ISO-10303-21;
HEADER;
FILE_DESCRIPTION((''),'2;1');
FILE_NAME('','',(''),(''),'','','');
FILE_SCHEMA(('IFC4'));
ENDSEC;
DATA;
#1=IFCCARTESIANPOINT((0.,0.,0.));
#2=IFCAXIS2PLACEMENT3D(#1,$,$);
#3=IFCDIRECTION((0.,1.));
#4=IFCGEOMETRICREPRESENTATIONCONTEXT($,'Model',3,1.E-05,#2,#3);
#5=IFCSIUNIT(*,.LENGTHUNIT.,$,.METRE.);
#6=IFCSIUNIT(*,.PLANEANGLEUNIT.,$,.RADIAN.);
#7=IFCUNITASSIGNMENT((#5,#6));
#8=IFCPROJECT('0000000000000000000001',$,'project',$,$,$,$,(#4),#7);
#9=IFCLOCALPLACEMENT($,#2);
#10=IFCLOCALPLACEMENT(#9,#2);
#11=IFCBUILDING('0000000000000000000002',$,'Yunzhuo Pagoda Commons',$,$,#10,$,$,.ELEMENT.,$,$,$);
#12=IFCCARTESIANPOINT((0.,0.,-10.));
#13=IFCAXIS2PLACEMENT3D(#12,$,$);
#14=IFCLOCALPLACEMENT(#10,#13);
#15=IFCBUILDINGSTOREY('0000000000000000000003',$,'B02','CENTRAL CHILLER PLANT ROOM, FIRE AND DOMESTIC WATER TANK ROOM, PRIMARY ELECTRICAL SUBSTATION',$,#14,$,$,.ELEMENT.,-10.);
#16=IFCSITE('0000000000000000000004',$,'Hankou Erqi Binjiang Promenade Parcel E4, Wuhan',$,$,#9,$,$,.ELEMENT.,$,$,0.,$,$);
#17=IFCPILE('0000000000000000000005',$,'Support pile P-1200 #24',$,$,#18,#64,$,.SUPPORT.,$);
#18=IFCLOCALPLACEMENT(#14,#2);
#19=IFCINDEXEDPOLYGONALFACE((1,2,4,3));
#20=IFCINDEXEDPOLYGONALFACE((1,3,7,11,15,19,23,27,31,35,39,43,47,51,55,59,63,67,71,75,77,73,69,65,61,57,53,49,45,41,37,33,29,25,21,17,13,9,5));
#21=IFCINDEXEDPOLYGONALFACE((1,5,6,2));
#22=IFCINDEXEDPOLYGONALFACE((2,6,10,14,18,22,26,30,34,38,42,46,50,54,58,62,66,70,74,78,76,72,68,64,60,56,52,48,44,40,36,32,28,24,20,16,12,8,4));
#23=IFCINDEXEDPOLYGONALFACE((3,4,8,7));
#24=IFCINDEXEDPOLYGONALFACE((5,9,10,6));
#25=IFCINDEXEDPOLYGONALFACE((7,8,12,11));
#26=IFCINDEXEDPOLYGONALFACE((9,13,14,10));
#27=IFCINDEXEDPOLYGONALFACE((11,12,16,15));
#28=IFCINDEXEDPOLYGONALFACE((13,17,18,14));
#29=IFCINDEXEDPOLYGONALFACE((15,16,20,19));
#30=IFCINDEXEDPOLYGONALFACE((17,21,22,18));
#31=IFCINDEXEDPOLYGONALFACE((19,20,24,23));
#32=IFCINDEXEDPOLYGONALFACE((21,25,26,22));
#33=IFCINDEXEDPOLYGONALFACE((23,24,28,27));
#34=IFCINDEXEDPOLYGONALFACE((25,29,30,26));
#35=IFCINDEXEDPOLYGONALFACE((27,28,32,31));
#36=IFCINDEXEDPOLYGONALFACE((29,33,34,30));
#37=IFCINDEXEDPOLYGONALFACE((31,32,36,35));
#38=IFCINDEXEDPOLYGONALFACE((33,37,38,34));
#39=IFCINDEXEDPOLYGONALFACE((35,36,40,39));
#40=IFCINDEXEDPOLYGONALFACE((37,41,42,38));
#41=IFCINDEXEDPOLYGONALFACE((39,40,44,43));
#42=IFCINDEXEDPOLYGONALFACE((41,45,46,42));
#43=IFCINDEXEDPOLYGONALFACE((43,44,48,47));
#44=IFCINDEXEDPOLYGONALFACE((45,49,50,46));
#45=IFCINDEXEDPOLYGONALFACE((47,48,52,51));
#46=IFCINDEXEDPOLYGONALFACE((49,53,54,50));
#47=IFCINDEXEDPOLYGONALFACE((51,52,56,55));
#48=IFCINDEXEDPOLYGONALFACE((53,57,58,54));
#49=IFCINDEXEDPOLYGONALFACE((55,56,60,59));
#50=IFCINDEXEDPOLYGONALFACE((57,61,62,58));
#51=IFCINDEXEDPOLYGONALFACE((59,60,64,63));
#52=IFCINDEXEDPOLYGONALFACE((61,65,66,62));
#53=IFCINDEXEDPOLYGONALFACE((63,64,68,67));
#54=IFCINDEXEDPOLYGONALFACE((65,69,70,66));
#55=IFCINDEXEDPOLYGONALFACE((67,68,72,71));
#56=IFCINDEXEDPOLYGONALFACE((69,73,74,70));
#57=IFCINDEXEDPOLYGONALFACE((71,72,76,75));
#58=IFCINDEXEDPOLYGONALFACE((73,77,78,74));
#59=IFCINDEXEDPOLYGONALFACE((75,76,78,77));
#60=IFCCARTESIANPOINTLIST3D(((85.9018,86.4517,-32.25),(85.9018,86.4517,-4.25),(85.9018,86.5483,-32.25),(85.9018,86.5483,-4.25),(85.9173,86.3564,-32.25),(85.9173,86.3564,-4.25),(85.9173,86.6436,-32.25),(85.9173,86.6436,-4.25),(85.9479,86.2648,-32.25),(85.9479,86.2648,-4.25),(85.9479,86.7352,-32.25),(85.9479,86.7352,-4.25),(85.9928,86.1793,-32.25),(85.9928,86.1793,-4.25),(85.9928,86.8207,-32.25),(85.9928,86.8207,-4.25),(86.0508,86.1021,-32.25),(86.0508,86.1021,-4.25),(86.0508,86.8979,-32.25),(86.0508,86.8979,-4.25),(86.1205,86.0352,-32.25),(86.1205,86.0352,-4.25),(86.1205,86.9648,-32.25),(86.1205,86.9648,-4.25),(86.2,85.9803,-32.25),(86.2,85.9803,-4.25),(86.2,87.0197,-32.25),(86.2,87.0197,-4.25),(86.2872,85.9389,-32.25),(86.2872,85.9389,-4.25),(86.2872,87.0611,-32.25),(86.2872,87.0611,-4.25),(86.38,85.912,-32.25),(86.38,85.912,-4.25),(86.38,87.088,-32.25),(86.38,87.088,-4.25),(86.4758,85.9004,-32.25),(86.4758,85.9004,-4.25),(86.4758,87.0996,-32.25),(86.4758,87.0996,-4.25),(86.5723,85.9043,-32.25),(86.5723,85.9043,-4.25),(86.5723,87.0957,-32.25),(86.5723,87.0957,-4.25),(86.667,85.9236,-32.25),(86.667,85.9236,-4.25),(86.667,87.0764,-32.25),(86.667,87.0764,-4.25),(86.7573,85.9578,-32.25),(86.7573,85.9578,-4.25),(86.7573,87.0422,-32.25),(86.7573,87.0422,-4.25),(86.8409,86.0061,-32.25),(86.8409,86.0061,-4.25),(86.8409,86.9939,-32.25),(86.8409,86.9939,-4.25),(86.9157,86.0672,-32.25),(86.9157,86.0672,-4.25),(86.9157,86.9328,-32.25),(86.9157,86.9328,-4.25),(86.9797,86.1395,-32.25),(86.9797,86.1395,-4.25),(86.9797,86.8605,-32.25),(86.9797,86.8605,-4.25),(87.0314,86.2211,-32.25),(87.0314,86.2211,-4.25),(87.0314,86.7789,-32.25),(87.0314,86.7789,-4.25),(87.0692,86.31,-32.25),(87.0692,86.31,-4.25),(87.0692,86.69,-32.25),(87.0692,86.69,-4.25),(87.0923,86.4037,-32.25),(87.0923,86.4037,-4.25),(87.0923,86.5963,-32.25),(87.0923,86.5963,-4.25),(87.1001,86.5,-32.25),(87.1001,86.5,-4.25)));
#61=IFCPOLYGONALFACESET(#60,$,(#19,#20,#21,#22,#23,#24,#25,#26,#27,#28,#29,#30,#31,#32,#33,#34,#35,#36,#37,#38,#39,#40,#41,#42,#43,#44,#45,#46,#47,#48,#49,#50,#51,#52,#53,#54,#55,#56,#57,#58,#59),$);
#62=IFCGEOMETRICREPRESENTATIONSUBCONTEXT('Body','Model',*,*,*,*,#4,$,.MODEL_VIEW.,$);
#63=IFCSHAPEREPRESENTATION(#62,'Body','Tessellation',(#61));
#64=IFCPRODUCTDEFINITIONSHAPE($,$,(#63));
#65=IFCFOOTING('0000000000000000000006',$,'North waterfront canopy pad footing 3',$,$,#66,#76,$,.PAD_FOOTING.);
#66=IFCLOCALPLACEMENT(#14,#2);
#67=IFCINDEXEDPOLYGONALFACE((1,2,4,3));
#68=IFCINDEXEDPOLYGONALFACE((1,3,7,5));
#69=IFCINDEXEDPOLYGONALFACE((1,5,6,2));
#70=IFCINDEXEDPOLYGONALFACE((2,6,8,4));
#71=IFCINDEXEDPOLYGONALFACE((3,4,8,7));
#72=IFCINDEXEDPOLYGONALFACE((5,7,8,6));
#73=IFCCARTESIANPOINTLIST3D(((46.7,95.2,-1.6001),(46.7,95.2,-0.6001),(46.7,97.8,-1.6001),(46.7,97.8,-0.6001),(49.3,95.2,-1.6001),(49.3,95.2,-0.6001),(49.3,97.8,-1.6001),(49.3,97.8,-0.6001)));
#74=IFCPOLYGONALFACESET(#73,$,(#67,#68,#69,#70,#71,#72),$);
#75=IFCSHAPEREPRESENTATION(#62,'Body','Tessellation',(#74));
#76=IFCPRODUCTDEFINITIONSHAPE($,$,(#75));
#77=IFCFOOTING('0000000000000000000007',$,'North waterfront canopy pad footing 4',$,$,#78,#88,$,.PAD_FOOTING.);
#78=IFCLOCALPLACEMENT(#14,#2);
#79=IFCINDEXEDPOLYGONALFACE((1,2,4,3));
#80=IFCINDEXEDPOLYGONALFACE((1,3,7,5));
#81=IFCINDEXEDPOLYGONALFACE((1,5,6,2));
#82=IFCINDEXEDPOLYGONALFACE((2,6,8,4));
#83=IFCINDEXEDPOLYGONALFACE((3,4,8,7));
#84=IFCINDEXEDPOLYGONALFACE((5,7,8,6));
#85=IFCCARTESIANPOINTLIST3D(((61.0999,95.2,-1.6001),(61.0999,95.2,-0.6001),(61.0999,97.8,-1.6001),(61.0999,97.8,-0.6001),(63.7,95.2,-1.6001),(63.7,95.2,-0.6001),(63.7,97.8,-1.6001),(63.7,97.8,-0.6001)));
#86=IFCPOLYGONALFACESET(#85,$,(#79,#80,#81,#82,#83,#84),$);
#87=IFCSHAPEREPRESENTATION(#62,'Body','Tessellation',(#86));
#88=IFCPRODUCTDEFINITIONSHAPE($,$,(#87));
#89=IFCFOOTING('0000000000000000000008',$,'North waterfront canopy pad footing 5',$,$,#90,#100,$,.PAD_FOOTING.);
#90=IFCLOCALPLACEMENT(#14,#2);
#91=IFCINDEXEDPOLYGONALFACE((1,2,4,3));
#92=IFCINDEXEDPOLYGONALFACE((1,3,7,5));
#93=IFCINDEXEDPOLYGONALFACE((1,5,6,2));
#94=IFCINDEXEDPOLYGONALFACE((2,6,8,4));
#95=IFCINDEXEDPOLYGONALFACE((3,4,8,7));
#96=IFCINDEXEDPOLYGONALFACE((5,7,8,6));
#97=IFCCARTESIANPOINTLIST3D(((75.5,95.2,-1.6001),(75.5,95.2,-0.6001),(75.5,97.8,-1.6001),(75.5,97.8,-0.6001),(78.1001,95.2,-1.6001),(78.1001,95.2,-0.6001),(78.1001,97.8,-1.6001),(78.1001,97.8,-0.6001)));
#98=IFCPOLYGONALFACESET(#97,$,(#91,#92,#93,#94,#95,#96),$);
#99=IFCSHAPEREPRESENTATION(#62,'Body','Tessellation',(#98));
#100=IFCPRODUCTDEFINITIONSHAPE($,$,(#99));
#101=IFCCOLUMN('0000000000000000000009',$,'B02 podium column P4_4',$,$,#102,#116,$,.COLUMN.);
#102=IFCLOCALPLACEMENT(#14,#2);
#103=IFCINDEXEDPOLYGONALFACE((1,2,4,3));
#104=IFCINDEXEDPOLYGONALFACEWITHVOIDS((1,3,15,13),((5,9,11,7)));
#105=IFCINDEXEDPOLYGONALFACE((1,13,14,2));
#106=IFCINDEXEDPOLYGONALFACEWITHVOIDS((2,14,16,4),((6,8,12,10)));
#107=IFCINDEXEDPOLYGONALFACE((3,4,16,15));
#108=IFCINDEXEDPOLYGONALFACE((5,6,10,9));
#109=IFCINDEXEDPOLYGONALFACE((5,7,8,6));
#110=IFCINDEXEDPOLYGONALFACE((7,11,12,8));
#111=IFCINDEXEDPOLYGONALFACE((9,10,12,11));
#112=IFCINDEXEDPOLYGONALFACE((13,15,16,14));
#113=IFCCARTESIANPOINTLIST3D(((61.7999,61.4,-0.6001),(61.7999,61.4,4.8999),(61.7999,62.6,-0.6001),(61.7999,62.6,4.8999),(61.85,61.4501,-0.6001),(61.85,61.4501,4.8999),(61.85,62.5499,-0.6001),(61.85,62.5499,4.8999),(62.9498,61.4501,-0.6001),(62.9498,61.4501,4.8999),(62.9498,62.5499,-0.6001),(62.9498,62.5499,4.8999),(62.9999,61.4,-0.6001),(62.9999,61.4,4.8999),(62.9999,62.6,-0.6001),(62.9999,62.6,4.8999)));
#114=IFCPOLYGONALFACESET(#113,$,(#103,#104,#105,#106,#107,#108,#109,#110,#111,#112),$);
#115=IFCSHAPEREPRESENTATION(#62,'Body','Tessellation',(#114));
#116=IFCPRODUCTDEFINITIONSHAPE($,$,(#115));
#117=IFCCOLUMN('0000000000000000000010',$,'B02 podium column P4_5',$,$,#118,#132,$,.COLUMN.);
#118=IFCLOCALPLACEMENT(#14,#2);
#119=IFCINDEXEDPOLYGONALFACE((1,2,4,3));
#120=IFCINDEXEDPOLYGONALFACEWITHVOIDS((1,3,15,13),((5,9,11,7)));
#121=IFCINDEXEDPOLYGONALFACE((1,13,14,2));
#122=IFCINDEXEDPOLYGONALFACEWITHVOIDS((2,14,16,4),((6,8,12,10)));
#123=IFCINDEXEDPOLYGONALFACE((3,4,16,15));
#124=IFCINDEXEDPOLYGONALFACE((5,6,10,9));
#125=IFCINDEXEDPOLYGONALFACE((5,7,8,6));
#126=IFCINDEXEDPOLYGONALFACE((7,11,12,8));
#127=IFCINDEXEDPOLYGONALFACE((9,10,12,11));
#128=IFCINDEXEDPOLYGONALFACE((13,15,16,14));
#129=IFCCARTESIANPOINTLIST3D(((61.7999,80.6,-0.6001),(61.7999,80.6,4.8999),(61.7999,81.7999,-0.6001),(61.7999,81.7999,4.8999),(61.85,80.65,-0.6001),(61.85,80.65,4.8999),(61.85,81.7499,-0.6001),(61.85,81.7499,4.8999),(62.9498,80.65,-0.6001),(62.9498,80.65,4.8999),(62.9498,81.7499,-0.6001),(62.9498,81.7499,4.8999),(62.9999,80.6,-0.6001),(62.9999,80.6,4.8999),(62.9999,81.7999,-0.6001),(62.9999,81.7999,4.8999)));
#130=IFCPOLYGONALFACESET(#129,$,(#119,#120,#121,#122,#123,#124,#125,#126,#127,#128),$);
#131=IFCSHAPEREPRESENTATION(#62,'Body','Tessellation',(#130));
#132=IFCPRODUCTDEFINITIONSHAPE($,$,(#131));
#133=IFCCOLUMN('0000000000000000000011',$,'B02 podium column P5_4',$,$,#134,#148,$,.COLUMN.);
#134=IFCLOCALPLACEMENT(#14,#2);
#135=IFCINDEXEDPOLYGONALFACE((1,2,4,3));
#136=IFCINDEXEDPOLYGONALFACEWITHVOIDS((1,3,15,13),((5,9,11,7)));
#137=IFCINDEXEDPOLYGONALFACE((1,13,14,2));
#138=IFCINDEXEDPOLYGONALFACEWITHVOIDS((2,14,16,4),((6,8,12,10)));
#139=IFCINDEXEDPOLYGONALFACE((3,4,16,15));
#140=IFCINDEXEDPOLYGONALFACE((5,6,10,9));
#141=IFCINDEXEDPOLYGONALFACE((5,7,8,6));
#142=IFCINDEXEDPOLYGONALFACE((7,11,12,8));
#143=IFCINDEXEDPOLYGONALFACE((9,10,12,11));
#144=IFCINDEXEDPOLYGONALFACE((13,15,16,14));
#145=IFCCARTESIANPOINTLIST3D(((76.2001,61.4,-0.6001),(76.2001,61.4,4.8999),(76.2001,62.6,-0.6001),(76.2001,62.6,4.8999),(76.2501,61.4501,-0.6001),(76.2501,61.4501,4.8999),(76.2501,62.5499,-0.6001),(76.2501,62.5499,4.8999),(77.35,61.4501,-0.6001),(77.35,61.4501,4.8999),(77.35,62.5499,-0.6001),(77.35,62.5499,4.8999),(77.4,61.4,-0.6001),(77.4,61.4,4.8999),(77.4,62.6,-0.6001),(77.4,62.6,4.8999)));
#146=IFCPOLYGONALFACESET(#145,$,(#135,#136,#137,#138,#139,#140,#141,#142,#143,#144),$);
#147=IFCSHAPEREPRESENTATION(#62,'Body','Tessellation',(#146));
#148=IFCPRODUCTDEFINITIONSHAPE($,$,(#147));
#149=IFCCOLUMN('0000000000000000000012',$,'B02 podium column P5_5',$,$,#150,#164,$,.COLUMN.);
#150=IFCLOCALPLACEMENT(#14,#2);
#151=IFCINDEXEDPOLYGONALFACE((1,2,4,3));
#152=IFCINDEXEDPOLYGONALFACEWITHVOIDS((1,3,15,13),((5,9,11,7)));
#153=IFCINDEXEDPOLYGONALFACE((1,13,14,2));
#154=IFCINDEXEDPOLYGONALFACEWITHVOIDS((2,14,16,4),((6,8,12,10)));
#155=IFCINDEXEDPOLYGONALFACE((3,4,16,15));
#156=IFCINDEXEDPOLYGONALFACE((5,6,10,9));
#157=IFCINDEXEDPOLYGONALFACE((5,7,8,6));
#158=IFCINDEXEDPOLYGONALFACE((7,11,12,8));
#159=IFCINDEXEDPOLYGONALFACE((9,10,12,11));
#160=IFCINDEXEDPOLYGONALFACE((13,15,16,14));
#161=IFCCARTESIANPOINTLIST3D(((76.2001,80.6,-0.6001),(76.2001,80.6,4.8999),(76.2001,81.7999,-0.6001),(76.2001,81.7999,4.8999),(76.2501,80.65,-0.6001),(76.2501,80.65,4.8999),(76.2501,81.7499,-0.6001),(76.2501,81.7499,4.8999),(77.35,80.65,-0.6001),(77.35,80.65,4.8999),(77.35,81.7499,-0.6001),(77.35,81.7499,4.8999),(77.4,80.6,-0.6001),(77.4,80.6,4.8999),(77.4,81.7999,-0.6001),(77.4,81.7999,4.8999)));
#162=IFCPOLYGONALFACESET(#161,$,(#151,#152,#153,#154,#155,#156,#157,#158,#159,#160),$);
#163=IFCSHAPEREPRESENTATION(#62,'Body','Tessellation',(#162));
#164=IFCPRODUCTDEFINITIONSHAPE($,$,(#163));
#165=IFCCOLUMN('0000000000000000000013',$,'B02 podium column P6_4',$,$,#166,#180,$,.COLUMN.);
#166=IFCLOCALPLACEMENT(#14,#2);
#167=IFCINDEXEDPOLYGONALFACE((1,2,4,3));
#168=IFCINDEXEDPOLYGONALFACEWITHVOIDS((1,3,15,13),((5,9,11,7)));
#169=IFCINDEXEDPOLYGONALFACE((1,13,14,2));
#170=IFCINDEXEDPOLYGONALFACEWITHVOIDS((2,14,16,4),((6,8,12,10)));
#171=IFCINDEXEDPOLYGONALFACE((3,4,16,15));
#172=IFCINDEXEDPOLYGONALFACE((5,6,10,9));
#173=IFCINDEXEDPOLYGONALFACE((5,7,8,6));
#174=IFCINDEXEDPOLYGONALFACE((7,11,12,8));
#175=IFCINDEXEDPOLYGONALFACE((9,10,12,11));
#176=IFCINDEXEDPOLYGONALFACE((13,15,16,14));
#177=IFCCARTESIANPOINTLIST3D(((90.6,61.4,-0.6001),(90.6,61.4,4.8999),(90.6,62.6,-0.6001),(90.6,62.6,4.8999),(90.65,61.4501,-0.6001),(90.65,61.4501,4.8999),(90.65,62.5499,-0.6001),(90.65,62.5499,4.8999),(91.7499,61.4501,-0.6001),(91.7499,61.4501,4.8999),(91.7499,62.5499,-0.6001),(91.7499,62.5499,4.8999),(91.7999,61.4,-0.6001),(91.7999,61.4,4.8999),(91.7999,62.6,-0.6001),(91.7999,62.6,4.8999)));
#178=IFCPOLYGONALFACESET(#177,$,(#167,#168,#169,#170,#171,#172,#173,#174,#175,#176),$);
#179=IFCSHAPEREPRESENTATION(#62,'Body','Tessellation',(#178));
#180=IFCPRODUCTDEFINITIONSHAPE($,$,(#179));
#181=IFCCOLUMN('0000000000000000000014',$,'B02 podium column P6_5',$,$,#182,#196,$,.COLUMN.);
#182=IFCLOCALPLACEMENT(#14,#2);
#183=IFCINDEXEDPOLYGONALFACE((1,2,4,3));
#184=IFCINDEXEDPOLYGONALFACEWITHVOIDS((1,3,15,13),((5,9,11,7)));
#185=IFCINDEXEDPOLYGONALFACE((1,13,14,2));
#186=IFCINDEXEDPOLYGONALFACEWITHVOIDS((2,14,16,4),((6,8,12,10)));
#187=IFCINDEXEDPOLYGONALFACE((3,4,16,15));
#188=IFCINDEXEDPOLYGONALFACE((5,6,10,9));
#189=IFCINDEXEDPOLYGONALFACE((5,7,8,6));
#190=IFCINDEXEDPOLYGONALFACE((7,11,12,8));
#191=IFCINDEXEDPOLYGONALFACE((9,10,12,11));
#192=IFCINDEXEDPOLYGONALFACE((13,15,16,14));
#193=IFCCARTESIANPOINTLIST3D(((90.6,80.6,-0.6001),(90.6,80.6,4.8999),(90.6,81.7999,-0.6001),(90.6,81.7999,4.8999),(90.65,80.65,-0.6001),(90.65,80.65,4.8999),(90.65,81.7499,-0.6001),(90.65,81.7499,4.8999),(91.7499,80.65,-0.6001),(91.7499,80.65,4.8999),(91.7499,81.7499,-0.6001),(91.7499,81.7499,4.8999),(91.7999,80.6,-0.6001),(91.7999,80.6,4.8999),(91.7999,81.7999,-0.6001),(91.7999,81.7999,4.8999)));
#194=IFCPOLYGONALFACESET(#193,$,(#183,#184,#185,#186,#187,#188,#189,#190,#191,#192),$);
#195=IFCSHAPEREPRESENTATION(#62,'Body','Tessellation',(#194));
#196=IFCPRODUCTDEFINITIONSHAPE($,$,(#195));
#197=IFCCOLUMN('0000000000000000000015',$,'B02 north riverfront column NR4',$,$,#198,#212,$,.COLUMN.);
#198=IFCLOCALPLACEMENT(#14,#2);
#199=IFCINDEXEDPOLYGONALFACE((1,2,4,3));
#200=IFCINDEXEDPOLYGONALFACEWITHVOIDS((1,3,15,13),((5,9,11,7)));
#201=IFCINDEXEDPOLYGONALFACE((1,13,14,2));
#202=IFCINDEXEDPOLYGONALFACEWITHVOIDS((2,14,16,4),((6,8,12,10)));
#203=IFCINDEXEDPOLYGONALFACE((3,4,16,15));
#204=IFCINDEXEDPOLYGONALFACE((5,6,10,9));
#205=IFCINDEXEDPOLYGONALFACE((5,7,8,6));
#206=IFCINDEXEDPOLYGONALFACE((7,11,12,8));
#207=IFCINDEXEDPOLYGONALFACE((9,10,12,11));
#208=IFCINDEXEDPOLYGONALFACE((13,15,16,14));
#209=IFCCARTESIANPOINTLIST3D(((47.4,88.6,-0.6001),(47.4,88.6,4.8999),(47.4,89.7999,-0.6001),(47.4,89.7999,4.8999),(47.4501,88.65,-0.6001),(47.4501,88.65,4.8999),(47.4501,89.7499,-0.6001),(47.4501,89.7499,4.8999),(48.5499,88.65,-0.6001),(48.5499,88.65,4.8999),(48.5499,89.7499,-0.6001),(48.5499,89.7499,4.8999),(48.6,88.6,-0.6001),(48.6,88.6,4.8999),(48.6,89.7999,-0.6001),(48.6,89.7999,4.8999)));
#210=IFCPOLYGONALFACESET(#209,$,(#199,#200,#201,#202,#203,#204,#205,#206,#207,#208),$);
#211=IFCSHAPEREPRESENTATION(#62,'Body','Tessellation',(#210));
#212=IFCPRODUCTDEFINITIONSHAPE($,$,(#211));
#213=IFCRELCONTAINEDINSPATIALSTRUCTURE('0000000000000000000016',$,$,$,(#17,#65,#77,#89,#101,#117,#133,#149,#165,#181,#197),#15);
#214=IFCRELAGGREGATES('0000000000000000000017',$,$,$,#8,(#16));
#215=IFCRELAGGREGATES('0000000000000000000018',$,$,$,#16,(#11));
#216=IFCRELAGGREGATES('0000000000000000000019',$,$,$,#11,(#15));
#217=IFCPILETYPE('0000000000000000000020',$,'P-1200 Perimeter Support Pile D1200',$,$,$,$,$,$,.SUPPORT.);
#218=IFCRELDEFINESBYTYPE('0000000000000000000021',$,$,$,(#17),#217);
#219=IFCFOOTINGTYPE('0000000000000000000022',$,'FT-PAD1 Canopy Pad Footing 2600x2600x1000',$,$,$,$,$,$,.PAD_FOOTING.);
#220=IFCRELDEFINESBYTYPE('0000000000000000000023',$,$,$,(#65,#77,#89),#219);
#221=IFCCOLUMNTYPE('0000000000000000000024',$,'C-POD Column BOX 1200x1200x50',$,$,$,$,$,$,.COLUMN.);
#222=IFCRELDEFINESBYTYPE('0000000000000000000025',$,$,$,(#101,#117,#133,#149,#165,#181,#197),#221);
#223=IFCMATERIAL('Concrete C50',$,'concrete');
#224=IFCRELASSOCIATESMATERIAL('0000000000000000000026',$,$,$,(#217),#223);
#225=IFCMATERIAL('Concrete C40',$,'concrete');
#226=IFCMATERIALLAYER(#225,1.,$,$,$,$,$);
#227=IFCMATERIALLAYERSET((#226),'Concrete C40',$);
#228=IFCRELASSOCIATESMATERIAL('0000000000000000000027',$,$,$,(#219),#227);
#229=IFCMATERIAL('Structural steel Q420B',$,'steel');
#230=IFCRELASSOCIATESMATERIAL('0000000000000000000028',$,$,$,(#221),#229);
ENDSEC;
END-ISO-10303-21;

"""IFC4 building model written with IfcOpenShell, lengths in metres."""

from ifc_helpers import new_model, si_unit, direction, frame, origin, origin_2d, place, context, subcontext, project, spatial, rectangle, hollow_rectangle, circle, extrude, source, transform, mapped, material, layer, layer_set, material_profile, profile_set, type_object, element, save


model = new_model("IFC4")

# Units and contexts
model_context = context("Model", 3, precision=1e-05, world=origin(), true_north=direction((0.0, 1.0)))
body_context = subcontext(model_context, "Body", "Model", "MODEL_VIEW")
ifc_project = project(units=[si_unit("LENGTHUNIT", "METRE"), si_unit("PLANEANGLEUNIT", "RADIAN")], contexts=[model_context])

# Site, building, storey
site_placement = place(None, origin())
site = spatial("IfcSite", under=ifc_project, at=site_placement, Name="Hankou Erqi Binjiang Promenade Parcel E4, Wuhan", CompositionType="ELEMENT", RefElevation=0.0)
building_placement = place(site_placement, origin())
building = spatial("IfcBuilding", under=site, at=building_placement, Name="Yunzhuo Pagoda Commons", CompositionType="ELEMENT")
storey_placement = place(building_placement, frame((0.0, 0.0, -10.0)))
storey = spatial("IfcBuildingStorey", under=building, at=storey_placement, Name="B02", Description="CENTRAL CHILLER PLANT ROOM, FIRE AND DOMESTIC WATER TANK ROOM, PRIMARY ELECTRICAL SUBSTATION", CompositionType="ELEMENT", Elevation=-10.0)

# Pile
ifc_material_1 = material(Name="Concrete C50", Category="concrete")
ifc_material_profile_1 = material_profile(ifc_material_1, circle(Radius=0.6001, at=origin_2d()), Name="Concrete C50")
ifc_profile_set_1 = profile_set([ifc_material_profile_1], Name="Concrete C50")
pile_type_1 = type_object("IfcPileType", Name="P-1200 Perimeter Support Pile D1200", PredefinedType="SUPPORT", material=ifc_profile_set_1)
shared_shape_1 = source(origin(), body_context, "Body", "SweptSolid", [
    extrude(circle(Radius=0.6001, at=origin_2d()), origin(), (0.0, 0.0, 1.0), 28.0),
])
for number, where, z_axis, x_axis, name in (
    (1, (86.5, 86.5, -4.25), (0.0, 0.0, -1.0), (1.0, 0.0, 0.0), "Support pile P-1200 #24"),
):
    element("IfcPile", number, at=place(storey_placement, frame(where, z_axis=z_axis, x_axis=x_axis)), inside=storey, type_object=pile_type_1, Name=name, PredefinedType="SUPPORT", context=body_context, shape_type="MappedRepresentation", body=[
        mapped(shared_shape_1, transform((0.0, 0.0, 0.0), scale=1.0)),
    ])

# Footings
ifc_material_2 = material(Name="Concrete C40", Category="concrete")
ifc_layer_1 = layer(ifc_material_2, 1.0)
ifc_layer_set_1 = layer_set([ifc_layer_1], Name="Concrete C40")
footing_type = type_object("IfcFootingType", Name="FT-PAD1 Canopy Pad Footing 2600x2600x1000", PredefinedType="PAD_FOOTING", material=ifc_layer_set_1)
shared_shape_2 = source(origin(), body_context, "Body", "SweptSolid", [
    extrude(rectangle(XDim=2.6001, YDim=2.6001, at=origin_2d()), origin(), (0.0, 0.0, 1.0), 1.0),
])
for number, where, z_axis, x_axis, name in (
    (2, (48.0, 96.5, -1.6001), (0.0, 0.0, 1.0), (1.0, 0.0, 0.0), "North waterfront canopy pad footing 3"),
    (3, (62.3999, 96.5, -1.6001), (0.0, 0.0, 1.0), (1.0, 0.0, 0.0), "North waterfront canopy pad footing 4"),
    (4, (76.8, 96.5, -1.6001), (0.0, 0.0, 1.0), (1.0, 0.0, 0.0), "North waterfront canopy pad footing 5"),
):
    element("IfcFooting", number, at=place(storey_placement, frame(where, z_axis=z_axis, x_axis=x_axis)), inside=storey, type_object=footing_type, Name=name, PredefinedType="PAD_FOOTING", context=body_context, shape_type="MappedRepresentation", body=[
        mapped(shared_shape_2, transform((0.0, 0.0, 0.0), scale=1.0)),
    ])

# Columns
ifc_material_3 = material(Name="Structural steel Q420B", Category="steel")
ifc_material_profile_2 = material_profile(ifc_material_3, hollow_rectangle(XDim=1.2, YDim=1.2, WallThickness=0.05, at=origin_2d()), Name="Structural steel Q420B")
ifc_profile_set_2 = profile_set([ifc_material_profile_2], Name="Structural steel Q420B")
column_type_1 = type_object("IfcColumnType", Name="C-POD Column BOX 1200x1200x50", PredefinedType="COLUMN", material=ifc_profile_set_2)
shared_shape_3 = source(origin(), body_context, "Body", "SweptSolid", [
    extrude(hollow_rectangle(XDim=1.2, YDim=1.2, WallThickness=0.05, at=origin_2d()), origin(), (0.0, 0.0, 1.0), 5.5),
])
for number, where, z_axis, x_axis, name in (
    (5, (62.3999, 62.0, -0.6001), (0.0, 0.0, 1.0), (1.0, 0.0, 0.0), "B02 podium column P4_4"),
    (6, (62.3999, 81.2, -0.6001), (0.0, 0.0, 1.0), (1.0, 0.0, 0.0), "B02 podium column P4_5"),
    (7, (76.8, 62.0, -0.6001), (0.0, 0.0, 1.0), (1.0, 0.0, 0.0), "B02 podium column P5_4"),
    (8, (76.8, 81.2, -0.6001), (0.0, 0.0, 1.0), (1.0, 0.0, 0.0), "B02 podium column P5_5"),
    (9, (91.2, 62.0, -0.6001), (0.0, 0.0, 1.0), (1.0, 0.0, 0.0), "B02 podium column P6_4"),
    (10, (91.2, 81.2, -0.6001), (0.0, 0.0, 1.0), (1.0, 0.0, 0.0), "B02 podium column P6_5"),
    (11, (48.0, 89.2, -0.6001), (0.0, 0.0, 1.0), (1.0, 0.0, 0.0), "B02 north riverfront column NR4"),
):
    element("IfcColumn", number, at=place(storey_placement, frame(where, z_axis=z_axis, x_axis=x_axis)), inside=storey, type_object=column_type_1, Name=name, PredefinedType="COLUMN", context=body_context, shape_type="MappedRepresentation", body=[
        mapped(shared_shape_3, transform((0.0, 0.0, 0.0), scale=1.0)),
    ])

save(model, "model.ifc")
